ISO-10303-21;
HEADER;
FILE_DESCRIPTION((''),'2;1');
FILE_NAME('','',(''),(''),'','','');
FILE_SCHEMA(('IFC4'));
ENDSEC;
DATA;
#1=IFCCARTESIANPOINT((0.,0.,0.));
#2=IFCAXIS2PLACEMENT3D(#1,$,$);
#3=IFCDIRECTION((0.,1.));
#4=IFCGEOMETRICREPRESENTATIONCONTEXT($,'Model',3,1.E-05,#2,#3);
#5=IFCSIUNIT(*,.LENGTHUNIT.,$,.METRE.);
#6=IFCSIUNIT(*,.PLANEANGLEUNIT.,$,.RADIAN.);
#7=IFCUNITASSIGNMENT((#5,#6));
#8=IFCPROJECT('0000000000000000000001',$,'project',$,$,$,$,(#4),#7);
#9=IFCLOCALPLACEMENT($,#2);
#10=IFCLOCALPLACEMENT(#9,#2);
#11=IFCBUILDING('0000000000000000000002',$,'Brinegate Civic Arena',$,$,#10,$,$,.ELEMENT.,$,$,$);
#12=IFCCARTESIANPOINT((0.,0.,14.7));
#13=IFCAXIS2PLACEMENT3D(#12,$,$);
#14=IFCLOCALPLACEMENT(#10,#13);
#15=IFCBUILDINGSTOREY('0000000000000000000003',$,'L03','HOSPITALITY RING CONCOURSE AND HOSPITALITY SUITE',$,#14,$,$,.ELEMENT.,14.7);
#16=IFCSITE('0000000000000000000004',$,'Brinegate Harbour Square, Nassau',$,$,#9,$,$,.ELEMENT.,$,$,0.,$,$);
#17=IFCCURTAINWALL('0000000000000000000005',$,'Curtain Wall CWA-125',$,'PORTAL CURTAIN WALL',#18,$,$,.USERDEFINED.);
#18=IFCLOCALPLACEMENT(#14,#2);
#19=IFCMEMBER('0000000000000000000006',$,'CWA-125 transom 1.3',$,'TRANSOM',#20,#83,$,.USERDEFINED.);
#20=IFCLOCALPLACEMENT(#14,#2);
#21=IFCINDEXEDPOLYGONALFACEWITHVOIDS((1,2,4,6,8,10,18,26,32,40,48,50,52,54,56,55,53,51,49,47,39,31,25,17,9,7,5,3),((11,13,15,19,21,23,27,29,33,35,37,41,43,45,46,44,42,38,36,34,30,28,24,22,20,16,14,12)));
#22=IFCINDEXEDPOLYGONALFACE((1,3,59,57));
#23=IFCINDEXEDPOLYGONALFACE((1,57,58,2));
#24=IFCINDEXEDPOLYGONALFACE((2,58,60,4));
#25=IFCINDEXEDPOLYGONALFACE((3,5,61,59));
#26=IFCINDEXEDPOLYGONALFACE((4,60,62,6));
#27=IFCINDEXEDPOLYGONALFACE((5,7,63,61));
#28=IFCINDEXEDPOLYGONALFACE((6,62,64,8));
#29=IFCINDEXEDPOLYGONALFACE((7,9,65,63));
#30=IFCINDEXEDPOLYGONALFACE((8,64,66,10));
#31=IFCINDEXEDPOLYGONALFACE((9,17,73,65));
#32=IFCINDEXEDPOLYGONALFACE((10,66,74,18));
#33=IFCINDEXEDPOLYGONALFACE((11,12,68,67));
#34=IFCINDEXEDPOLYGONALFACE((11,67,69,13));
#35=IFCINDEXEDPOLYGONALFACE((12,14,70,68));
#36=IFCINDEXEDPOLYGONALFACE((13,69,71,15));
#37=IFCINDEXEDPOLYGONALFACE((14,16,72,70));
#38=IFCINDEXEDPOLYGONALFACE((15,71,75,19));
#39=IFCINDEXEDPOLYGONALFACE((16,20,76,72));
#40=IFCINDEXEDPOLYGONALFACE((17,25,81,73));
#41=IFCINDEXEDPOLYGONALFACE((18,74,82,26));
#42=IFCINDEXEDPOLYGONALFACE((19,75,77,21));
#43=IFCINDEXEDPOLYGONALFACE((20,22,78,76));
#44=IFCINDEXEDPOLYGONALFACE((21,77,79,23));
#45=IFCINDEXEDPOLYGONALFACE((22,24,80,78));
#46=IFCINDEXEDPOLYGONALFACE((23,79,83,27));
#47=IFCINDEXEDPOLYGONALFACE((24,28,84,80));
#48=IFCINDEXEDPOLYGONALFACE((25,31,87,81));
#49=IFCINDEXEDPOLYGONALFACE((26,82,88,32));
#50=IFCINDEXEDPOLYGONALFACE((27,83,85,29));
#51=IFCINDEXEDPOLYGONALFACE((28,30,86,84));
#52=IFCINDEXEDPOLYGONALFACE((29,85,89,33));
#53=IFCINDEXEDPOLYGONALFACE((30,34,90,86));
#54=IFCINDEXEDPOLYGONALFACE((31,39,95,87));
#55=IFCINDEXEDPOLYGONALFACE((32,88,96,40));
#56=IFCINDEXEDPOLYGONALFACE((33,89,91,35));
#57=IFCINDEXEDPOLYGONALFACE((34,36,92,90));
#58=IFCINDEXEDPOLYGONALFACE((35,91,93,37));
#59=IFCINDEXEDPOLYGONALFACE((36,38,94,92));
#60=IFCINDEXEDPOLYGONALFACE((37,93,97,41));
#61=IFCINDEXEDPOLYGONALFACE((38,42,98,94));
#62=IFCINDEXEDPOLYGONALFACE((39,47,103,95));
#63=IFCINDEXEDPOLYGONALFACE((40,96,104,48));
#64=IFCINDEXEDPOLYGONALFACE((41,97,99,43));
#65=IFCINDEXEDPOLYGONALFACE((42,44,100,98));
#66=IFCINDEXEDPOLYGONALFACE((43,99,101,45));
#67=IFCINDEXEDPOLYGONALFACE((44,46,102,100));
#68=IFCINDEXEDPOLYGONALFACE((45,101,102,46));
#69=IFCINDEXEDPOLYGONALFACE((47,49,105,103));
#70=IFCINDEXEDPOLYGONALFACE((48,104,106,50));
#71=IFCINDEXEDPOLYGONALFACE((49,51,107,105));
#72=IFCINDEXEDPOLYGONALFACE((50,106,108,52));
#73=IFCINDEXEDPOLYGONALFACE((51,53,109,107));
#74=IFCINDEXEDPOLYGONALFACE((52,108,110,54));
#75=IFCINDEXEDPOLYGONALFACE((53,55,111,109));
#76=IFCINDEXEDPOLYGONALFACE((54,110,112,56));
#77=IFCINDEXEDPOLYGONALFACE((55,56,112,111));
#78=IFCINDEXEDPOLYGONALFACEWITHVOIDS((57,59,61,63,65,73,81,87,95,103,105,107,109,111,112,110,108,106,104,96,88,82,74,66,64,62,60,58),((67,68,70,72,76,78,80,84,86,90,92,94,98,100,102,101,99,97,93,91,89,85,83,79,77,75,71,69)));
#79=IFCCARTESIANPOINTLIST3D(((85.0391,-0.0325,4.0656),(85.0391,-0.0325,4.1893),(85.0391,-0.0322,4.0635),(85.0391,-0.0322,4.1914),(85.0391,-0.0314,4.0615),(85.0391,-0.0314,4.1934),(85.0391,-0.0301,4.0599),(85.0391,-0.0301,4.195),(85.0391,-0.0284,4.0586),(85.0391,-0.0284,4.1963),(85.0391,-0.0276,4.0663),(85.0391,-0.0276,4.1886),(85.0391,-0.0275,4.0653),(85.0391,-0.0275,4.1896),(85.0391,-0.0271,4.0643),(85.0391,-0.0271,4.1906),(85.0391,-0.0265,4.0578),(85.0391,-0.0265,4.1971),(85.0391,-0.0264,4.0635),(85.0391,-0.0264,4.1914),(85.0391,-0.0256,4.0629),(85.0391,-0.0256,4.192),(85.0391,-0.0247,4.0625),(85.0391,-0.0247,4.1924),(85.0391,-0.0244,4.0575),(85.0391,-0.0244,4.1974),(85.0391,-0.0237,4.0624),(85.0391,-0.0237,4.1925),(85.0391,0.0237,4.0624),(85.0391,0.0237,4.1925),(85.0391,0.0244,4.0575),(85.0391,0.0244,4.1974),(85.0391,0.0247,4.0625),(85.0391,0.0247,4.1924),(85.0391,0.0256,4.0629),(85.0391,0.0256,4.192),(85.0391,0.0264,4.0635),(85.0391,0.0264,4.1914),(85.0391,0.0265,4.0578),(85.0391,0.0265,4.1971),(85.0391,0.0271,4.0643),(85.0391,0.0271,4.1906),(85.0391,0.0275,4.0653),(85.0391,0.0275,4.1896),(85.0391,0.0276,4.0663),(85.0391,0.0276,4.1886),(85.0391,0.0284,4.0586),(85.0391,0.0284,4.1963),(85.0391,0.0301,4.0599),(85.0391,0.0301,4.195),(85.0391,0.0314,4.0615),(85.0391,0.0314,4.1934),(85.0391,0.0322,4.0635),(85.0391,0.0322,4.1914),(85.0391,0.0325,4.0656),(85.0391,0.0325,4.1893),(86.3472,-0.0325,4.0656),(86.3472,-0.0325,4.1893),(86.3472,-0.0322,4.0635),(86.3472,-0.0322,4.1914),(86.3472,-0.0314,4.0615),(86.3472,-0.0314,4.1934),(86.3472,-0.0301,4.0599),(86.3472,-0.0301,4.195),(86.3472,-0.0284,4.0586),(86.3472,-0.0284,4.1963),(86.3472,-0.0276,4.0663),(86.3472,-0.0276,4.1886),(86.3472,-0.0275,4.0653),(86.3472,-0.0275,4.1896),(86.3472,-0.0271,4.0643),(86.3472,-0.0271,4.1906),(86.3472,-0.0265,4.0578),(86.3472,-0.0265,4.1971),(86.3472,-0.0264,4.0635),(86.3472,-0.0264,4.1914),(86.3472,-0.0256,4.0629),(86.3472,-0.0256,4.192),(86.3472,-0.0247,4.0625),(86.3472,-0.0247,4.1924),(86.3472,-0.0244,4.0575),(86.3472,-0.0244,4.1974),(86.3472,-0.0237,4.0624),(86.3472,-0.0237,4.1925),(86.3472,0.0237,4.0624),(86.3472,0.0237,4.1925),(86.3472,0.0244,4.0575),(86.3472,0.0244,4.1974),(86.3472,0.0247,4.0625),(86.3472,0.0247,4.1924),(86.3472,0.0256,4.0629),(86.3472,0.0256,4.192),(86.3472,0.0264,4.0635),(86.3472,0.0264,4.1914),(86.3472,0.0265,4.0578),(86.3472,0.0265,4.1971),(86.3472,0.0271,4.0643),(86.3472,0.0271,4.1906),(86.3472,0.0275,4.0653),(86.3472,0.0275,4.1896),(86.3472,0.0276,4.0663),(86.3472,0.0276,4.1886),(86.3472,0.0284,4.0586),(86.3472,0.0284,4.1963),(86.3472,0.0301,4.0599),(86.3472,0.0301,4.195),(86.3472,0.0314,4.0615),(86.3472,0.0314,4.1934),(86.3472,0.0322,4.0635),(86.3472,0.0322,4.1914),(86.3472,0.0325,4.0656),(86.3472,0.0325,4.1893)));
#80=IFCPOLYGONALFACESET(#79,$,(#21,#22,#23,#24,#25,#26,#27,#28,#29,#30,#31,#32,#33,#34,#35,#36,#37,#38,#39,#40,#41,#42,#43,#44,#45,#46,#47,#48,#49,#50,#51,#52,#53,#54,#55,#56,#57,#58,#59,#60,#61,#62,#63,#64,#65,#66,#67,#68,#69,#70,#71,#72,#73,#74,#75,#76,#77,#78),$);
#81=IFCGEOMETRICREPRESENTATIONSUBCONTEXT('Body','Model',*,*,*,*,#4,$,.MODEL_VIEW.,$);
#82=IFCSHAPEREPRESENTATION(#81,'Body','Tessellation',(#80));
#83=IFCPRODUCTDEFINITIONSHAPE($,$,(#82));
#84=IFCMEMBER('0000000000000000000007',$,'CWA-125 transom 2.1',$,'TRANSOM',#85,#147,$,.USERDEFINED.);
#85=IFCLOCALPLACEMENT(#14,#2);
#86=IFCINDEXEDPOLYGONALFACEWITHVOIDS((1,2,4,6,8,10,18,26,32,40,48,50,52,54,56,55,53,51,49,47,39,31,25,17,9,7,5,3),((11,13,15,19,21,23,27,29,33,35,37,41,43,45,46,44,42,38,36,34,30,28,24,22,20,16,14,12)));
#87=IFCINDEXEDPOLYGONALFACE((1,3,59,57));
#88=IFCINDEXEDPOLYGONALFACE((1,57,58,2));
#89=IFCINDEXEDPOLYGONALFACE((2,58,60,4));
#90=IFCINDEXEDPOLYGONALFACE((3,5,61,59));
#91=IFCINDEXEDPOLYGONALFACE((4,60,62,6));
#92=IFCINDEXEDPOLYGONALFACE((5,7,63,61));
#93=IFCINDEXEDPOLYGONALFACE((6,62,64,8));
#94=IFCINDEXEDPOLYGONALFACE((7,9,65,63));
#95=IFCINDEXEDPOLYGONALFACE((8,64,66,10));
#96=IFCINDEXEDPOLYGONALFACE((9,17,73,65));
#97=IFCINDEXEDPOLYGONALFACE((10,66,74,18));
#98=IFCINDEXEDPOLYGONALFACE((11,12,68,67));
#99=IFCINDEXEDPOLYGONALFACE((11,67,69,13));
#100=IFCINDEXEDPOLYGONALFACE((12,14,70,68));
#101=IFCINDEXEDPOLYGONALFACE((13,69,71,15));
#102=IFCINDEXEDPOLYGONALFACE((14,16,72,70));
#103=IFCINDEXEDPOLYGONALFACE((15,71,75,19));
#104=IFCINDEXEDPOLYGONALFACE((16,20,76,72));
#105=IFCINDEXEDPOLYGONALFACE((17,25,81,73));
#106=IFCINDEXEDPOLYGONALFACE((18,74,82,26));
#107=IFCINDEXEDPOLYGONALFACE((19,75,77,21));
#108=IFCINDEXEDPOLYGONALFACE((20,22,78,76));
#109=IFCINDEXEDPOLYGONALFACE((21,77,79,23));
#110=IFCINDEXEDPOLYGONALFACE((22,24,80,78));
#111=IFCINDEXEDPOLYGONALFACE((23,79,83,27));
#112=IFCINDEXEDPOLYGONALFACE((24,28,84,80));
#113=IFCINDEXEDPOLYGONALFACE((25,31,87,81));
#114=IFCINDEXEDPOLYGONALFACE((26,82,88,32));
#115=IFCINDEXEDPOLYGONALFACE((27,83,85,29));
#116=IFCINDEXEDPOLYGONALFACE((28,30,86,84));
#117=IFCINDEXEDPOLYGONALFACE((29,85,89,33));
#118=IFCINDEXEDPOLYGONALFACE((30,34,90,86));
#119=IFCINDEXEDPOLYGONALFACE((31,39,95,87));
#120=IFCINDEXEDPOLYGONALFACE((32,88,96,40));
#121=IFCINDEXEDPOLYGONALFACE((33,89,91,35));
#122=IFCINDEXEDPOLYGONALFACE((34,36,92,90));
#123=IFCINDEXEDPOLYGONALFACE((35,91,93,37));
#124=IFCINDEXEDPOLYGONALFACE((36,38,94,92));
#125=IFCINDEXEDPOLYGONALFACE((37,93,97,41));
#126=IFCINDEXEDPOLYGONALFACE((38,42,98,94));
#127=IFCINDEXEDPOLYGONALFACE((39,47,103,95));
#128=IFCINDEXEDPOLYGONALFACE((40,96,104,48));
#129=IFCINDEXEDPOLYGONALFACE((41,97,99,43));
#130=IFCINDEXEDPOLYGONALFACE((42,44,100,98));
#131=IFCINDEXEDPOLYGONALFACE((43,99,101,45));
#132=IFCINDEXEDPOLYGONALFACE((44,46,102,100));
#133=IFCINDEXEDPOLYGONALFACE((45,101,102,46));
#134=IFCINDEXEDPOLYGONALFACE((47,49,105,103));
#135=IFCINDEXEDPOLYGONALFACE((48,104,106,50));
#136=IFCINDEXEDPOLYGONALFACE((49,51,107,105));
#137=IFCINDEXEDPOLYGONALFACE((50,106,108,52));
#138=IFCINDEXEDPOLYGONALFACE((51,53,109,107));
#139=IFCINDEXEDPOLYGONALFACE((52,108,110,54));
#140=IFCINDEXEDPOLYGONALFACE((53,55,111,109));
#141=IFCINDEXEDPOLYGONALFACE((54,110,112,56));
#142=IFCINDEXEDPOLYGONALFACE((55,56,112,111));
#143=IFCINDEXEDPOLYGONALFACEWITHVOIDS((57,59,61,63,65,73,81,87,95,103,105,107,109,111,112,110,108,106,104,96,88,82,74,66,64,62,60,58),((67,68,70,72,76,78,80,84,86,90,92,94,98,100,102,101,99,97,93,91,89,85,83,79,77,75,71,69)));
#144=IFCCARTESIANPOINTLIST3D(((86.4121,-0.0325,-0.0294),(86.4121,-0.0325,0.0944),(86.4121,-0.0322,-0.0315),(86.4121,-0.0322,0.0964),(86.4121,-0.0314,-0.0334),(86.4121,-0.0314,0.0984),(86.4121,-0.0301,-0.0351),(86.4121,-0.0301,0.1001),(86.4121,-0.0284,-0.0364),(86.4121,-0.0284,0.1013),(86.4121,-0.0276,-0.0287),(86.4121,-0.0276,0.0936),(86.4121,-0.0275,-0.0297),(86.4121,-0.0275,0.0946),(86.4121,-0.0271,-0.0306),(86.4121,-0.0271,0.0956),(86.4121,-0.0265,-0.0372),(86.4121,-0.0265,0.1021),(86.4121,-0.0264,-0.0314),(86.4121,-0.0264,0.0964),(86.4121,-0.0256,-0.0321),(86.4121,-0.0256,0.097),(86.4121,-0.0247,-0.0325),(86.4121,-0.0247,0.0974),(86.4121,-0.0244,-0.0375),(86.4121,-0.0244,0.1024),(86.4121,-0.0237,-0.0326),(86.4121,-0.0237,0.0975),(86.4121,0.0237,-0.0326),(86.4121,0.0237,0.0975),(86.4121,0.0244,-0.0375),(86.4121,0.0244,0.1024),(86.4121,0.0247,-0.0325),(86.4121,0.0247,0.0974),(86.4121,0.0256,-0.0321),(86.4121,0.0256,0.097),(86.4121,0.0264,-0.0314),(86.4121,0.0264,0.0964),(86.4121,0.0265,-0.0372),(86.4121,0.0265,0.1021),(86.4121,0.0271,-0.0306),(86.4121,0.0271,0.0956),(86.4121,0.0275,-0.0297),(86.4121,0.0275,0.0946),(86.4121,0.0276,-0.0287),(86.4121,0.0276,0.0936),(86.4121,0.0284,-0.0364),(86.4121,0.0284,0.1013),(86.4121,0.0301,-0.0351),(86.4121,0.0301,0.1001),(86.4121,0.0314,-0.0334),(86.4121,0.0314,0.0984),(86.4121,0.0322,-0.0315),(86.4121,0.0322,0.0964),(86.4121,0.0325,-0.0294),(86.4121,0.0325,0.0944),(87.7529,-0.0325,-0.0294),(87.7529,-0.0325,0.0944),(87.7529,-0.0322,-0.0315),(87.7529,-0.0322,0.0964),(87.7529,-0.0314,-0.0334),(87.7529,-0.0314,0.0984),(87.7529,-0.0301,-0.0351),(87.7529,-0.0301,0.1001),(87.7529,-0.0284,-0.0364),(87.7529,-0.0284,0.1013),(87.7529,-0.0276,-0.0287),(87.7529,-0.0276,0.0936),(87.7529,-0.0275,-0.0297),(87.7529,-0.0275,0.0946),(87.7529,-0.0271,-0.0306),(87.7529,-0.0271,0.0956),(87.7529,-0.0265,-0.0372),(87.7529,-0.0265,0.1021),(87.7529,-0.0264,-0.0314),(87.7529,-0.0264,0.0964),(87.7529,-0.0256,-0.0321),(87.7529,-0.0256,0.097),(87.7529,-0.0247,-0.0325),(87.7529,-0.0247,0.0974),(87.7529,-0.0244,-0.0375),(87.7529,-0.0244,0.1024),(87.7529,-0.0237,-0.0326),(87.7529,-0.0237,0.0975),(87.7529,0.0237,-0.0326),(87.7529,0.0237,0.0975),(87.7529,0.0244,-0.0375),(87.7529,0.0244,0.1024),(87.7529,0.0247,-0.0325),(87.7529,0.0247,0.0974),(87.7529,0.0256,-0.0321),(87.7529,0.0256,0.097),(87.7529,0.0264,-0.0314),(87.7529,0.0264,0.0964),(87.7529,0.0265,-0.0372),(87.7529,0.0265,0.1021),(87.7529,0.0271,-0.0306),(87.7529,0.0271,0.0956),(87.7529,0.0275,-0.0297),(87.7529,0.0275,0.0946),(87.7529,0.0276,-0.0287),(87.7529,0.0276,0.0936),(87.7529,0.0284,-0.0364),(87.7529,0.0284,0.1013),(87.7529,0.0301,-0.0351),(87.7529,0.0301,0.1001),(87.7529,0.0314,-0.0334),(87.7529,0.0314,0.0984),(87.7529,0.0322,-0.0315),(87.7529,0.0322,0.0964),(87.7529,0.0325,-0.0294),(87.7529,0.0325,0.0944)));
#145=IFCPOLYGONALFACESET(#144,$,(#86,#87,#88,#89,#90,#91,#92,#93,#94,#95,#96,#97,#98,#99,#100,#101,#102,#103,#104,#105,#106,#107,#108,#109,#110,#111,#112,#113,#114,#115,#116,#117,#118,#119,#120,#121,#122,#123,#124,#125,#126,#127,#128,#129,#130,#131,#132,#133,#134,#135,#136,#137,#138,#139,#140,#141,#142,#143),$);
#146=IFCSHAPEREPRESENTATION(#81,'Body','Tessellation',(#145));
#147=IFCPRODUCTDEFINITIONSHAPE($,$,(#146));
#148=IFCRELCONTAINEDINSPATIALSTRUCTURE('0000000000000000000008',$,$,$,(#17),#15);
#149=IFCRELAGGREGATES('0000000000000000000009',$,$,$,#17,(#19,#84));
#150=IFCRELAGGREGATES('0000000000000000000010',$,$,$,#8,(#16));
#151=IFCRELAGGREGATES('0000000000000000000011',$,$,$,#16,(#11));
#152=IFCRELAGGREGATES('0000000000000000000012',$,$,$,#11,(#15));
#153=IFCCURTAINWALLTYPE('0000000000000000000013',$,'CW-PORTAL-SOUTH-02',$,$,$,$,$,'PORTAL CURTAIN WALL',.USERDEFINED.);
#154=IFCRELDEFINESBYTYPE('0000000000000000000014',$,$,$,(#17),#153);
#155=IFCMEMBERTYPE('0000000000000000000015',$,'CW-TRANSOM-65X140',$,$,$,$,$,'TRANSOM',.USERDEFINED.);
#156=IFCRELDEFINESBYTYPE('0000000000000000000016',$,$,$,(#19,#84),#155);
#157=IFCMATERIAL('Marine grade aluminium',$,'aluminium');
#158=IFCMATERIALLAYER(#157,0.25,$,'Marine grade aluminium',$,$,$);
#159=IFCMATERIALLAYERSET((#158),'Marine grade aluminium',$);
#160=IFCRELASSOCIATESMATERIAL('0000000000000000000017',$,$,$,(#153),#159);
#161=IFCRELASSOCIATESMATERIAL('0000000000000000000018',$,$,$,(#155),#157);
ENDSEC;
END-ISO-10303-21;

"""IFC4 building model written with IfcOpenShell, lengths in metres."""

from ifc_helpers import new_model, si_unit, direction, frame, origin, origin_2d, place, context, subcontext, project, spatial, hollow_rectangle, extrude, material, layer, layer_set, material_profile, profile_set, type_object, element, aggregate, save


model = new_model("IFC4")

# Units and contexts
model_context = context("Model", 3, precision=1e-05, world=origin(), true_north=direction((0.0, 1.0)))
body_context = subcontext(model_context, "Body", "Model", "MODEL_VIEW")
ifc_project = project(units=[si_unit("LENGTHUNIT", "METRE"), si_unit("PLANEANGLEUNIT", "RADIAN")], contexts=[model_context])

# Site, building, storey
site_placement = place(None, origin())
site = spatial("IfcSite", under=ifc_project, at=site_placement, Name="Brinegate Harbour Square, Nassau", CompositionType="ELEMENT", RefElevation=0.0)
building_placement = place(site_placement, origin())
building = spatial("IfcBuilding", under=site, at=building_placement, Name="Brinegate Civic Arena", CompositionType="ELEMENT")
storey_placement = place(building_placement, frame((0.0, 0.0, 14.7)))
storey = spatial("IfcBuildingStorey", under=building, at=storey_placement, Name="L03", Description="HOSPITALITY RING CONCOURSE AND HOSPITALITY SUITE", CompositionType="ELEMENT", Elevation=14.7)

# Curtain wall, members
ifc_material_1 = material(Name="Marine grade aluminium", Category="aluminium")
ifc_layer_1 = layer(ifc_material_1, 0.25, Name="Marine grade aluminium")
ifc_layer_set_1 = layer_set([ifc_layer_1], Name="Marine grade aluminium")
curtain_wall_type = type_object("IfcCurtainWallType", Name="CW-PORTAL-SOUTH-02", ElementType="PORTAL CURTAIN WALL", PredefinedType="USERDEFINED", material=ifc_layer_set_1)
curtain_wall_placement = place(storey_placement, origin())
curtain_wall = element("IfcCurtainWall", 1, at=curtain_wall_placement, inside=storey, type_object=curtain_wall_type, Name="Curtain Wall CWA-125", ObjectType="PORTAL CURTAIN WALL", PredefinedType="USERDEFINED")
ifc_material_profile_1 = material_profile(ifc_material_1, hollow_rectangle(XDim=0.0649, YDim=0.1399, WallThickness=0.0049, InnerFilletRadius=0.0039, OuterFilletRadius=0.0081, at=origin_2d()), Name="TRN65X140")
ifc_profile_set_1 = profile_set([ifc_material_profile_1], Name="Marine grade aluminium")
member_type_1 = type_object("IfcMemberType", Name="CW-TRANSOM-65X140", ElementType="TRANSOM", PredefinedType="USERDEFINED", material=ifc_profile_set_1)
member_1_placement = place(storey_placement, frame((85.0391, 0.0, 4.1274), z_axis=(1.0, 0.0, 0.0), x_axis=(0.0, 1.0, 0.0)))
member_1 = element("IfcMember", 2, at=member_1_placement, type_object=member_type_1, Name="CWA-125 transom 1.3", ObjectType="TRANSOM", PredefinedType="USERDEFINED", context=body_context, shape_type="SweptSolid", body=[
    extrude(hollow_rectangle(XDim=0.0649, YDim=0.1399, WallThickness=0.0049, InnerFilletRadius=0.0039, OuterFilletRadius=0.0081, at=origin_2d()), origin(), (0.0, 0.0, 1.0), 1.3081),
])
member_2_placement = place(storey_placement, frame((86.4121, 0.0, 0.0325), z_axis=(1.0, 0.0, 0.0), x_axis=(0.0, 1.0, 0.0)))
member_2 = element("IfcMember", 3, at=member_2_placement, type_object=member_type_1, Name="CWA-125 transom 2.1", ObjectType="TRANSOM", PredefinedType="USERDEFINED", context=body_context, shape_type="SweptSolid", body=[
    extrude(hollow_rectangle(XDim=0.0649, YDim=0.1399, WallThickness=0.0049, InnerFilletRadius=0.0039, OuterFilletRadius=0.0081, at=origin_2d()), origin(), (0.0, 0.0, 1.0), 1.3408),
])
aggregate(curtain_wall, [member_1, member_2])

save(model, "model.ifc")
